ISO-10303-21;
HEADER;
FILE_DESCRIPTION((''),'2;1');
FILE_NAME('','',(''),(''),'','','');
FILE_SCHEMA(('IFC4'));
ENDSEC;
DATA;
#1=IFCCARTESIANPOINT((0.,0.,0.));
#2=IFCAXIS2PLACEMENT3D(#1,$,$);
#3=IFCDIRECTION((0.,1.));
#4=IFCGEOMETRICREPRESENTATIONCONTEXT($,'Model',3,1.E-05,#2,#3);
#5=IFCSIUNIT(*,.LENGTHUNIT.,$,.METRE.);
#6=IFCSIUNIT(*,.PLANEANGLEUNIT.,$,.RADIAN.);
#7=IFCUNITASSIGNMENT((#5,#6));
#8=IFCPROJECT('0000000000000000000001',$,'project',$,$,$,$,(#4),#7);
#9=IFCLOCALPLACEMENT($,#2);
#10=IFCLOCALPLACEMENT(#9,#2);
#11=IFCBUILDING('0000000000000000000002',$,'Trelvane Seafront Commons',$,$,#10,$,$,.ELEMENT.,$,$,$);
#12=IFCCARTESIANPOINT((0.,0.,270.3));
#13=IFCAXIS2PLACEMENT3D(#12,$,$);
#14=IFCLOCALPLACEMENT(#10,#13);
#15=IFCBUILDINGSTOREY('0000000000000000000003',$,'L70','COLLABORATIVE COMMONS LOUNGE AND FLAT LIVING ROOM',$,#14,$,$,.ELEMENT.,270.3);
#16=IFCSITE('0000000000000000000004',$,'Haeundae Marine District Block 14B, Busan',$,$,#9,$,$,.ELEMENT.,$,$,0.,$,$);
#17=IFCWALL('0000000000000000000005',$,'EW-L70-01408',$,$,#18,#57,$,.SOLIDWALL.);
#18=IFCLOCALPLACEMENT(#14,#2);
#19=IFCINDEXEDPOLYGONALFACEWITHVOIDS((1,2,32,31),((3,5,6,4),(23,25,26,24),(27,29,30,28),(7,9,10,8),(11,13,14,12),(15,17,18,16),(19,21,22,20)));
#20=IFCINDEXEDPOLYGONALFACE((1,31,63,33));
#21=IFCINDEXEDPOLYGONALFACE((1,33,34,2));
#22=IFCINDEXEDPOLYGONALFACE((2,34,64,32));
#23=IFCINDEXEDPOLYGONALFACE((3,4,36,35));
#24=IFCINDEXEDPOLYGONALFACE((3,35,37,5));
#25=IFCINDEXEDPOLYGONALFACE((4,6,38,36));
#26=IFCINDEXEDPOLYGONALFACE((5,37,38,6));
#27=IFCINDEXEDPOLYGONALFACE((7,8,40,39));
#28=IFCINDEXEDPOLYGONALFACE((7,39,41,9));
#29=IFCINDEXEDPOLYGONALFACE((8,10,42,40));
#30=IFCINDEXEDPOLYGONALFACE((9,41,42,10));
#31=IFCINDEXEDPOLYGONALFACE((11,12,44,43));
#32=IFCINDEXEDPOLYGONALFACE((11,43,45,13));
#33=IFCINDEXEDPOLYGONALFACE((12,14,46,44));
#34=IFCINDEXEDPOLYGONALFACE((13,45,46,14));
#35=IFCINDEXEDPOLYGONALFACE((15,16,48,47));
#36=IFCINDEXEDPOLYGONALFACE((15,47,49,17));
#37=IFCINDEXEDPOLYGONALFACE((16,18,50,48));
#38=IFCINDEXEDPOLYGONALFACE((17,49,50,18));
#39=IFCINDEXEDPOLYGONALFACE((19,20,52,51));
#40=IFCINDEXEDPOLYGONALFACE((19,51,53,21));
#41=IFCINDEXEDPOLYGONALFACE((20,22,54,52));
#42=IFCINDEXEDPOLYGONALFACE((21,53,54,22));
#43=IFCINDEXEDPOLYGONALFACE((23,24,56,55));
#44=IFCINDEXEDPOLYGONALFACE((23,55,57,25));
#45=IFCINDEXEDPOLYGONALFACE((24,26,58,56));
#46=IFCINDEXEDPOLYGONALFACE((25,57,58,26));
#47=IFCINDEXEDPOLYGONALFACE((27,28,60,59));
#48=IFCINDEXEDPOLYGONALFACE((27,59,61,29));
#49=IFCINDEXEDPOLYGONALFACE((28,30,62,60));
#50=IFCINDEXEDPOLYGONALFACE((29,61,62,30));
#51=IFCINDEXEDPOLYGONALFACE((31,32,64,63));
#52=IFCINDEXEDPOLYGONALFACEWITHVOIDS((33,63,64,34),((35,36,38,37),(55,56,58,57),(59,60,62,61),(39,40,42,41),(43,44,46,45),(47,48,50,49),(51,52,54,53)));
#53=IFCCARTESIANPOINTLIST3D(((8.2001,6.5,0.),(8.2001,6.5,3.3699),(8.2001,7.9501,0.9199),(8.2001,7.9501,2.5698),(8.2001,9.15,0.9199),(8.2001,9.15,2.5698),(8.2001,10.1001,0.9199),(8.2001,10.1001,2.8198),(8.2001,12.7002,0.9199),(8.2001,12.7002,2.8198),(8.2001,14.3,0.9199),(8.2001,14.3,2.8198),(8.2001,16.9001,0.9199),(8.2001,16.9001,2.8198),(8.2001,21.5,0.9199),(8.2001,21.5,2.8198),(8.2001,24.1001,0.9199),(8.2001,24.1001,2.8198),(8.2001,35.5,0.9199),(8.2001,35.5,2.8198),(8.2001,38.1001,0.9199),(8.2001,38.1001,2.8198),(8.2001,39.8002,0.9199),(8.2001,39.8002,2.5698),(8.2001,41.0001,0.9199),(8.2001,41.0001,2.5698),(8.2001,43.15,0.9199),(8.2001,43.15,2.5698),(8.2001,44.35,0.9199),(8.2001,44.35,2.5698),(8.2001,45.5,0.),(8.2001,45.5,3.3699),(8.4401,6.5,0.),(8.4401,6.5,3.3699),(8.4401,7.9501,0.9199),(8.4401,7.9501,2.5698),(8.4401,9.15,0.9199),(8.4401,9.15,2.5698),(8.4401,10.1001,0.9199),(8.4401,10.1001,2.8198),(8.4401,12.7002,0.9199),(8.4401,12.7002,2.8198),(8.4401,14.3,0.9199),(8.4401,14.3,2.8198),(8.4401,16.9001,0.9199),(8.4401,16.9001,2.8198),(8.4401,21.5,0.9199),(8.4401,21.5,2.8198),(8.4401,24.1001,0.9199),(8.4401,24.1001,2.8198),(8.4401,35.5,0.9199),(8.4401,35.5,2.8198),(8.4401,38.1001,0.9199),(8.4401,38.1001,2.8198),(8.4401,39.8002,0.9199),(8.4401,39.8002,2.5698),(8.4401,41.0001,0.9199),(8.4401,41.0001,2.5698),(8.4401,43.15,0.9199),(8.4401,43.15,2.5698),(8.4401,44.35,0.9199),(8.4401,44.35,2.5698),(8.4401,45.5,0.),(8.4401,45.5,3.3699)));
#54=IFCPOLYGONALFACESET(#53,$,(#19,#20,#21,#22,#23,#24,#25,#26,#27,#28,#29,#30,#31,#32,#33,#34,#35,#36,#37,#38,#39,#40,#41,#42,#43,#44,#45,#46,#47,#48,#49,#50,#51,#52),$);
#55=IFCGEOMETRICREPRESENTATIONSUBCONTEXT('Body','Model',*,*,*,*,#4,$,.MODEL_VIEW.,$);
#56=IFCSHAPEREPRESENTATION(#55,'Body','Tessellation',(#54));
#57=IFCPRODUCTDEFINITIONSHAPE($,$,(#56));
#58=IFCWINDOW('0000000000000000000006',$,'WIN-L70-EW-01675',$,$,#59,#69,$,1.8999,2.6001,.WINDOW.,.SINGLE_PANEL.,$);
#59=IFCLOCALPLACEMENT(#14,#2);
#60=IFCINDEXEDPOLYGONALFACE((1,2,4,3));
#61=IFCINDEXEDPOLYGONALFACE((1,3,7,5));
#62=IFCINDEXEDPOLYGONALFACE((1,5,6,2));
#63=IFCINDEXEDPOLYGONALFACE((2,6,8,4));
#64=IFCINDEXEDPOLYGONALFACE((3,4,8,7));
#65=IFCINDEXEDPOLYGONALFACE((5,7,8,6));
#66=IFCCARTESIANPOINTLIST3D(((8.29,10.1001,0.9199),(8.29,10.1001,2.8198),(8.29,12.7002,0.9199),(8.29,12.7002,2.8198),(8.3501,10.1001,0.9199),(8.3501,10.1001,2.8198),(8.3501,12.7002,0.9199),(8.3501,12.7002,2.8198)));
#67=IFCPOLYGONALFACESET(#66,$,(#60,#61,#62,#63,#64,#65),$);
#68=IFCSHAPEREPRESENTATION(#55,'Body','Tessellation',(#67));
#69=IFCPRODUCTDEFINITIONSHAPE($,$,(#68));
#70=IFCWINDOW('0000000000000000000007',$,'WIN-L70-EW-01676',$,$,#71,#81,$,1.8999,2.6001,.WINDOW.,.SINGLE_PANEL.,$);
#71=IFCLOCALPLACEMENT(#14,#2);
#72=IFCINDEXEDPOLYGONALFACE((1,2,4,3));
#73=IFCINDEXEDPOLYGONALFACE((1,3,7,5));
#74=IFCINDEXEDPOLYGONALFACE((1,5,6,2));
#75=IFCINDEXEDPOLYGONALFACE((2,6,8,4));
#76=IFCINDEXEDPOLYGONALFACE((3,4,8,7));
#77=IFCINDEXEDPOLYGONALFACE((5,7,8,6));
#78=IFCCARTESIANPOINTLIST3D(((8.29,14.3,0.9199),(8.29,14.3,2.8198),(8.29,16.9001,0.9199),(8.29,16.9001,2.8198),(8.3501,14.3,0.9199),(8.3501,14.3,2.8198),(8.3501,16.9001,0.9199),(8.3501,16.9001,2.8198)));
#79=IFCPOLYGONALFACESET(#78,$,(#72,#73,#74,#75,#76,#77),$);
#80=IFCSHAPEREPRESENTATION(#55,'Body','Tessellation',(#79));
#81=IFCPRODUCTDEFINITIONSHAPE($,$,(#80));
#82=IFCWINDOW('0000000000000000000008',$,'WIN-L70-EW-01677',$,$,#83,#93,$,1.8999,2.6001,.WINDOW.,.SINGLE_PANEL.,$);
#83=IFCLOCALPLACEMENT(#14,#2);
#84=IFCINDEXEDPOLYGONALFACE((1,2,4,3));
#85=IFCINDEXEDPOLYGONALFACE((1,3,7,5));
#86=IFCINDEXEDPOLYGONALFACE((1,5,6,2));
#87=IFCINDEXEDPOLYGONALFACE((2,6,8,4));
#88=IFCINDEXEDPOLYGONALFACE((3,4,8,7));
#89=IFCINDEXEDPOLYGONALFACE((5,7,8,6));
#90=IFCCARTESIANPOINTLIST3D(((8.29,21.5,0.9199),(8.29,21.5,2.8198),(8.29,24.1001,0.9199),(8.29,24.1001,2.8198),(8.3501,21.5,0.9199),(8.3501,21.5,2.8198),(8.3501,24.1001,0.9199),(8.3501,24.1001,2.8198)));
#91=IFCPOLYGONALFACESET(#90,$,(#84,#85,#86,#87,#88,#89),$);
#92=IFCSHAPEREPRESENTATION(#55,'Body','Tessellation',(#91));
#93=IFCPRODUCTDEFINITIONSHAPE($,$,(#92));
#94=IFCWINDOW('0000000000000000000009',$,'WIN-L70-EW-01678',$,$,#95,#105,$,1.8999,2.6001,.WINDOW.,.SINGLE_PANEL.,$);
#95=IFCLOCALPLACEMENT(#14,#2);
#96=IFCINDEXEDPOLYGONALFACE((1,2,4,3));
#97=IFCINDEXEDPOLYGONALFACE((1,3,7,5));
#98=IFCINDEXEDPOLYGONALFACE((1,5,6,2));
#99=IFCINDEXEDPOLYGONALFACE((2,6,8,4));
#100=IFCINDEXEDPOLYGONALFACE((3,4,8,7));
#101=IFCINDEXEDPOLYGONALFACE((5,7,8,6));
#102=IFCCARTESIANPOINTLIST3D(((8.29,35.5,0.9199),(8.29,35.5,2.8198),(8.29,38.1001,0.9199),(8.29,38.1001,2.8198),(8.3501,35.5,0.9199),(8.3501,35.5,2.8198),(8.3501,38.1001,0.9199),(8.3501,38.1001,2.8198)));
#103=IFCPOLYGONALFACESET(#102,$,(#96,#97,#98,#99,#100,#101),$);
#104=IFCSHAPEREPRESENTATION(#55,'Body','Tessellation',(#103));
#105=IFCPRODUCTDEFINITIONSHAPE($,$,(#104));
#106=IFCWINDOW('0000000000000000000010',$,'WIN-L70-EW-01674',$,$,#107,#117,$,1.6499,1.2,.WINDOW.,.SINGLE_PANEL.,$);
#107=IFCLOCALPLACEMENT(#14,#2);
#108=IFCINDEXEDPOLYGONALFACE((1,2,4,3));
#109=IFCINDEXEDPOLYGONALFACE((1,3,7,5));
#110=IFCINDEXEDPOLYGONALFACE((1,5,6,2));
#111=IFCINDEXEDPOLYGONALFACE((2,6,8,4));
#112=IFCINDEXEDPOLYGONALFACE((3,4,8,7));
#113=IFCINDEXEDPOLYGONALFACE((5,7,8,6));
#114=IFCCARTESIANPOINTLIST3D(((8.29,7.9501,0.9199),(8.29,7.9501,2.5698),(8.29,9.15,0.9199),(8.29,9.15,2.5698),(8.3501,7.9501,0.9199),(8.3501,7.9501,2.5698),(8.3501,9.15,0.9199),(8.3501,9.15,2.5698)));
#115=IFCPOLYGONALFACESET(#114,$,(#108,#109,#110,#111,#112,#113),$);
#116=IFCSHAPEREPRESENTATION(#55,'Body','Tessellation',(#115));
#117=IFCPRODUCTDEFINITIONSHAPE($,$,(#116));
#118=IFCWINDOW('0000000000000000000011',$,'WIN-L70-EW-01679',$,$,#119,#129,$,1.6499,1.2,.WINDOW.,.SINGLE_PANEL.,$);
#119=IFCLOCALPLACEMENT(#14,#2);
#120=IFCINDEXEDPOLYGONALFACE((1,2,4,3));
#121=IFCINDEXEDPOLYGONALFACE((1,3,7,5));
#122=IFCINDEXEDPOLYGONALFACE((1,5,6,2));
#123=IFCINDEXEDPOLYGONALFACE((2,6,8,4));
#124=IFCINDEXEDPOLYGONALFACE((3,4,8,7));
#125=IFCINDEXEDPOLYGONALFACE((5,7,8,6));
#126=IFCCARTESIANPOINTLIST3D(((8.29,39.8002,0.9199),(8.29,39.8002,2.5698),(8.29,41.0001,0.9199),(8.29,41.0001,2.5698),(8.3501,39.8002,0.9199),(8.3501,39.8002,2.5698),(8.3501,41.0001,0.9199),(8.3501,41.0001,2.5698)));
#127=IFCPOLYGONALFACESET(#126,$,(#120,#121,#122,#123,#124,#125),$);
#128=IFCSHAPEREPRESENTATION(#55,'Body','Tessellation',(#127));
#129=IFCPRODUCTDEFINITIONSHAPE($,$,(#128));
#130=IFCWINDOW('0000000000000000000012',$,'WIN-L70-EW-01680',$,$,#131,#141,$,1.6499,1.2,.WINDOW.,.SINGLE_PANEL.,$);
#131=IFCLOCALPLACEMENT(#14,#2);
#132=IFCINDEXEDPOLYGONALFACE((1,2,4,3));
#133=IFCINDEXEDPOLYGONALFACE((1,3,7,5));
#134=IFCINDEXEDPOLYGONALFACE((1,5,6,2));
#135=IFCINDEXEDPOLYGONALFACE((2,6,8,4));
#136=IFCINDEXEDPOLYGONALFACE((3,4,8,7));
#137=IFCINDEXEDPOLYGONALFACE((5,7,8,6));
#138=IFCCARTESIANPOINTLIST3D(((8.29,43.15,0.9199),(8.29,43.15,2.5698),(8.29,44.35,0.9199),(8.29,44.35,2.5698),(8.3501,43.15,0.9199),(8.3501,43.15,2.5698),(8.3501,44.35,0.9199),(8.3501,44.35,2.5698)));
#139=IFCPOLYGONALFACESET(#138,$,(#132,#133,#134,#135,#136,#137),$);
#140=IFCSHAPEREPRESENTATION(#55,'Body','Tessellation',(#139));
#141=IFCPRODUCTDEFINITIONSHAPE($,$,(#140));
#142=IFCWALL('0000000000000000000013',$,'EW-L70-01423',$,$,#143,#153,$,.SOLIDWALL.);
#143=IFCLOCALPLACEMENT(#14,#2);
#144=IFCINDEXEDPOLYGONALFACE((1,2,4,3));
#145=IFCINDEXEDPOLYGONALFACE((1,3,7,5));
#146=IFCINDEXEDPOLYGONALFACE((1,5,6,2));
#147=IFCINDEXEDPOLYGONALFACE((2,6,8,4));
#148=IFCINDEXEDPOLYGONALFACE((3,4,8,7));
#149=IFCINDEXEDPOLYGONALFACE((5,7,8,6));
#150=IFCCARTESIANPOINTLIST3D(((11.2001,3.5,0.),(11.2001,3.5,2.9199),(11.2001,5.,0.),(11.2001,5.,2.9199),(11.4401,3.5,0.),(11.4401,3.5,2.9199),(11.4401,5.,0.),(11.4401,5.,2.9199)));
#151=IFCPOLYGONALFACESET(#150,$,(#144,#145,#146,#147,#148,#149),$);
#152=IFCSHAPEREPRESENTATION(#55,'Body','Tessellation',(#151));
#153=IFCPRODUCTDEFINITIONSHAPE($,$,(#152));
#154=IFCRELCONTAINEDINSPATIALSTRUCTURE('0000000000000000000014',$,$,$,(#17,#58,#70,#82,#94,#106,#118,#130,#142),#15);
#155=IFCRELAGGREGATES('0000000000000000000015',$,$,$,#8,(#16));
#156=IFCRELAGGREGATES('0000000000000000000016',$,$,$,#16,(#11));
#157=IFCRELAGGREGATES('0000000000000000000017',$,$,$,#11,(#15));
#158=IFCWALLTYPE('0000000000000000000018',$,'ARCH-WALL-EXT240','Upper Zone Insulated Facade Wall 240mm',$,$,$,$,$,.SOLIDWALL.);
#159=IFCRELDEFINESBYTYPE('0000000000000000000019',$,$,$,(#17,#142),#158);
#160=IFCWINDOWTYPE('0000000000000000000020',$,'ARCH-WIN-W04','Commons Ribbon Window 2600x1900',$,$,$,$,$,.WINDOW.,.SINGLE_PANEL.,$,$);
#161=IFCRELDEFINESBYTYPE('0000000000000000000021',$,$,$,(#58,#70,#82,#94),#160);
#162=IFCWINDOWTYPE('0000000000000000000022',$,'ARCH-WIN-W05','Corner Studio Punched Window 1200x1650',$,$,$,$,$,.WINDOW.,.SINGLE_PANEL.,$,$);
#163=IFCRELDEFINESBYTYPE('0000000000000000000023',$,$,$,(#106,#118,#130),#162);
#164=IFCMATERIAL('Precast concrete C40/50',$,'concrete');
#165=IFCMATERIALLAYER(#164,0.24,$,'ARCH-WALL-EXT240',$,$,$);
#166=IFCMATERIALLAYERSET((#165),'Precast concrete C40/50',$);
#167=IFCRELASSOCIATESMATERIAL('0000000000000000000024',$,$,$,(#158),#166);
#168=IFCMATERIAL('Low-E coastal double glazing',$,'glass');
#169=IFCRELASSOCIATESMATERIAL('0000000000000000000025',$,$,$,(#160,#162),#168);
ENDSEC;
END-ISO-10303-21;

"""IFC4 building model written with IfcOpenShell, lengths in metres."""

from ifc_helpers import new_model, si_unit, direction, frame, frame_2d, origin, place, context, subcontext, project, spatial, rectangle, extrude, source, transform, mapped, material, layer, layer_set, type_object, element, fill, save


model = new_model("IFC4")

# Units and contexts
model_context = context("Model", 3, precision=1e-05, world=origin(), true_north=direction((0.0, 1.0)))
body_context = subcontext(model_context, "Body", "Model", "MODEL_VIEW")
ifc_project = project(units=[si_unit("LENGTHUNIT", "METRE"), si_unit("PLANEANGLEUNIT", "RADIAN")], contexts=[model_context])

# Site, building, storey
site_placement = place(None, origin())
site = spatial("IfcSite", under=ifc_project, at=site_placement, Name="Haeundae Marine District Block 14B, Busan", CompositionType="ELEMENT", RefElevation=0.0)
building_placement = place(site_placement, origin())
building = spatial("IfcBuilding", under=site, at=building_placement, Name="Trelvane Seafront Commons", CompositionType="ELEMENT")
storey_placement = place(building_placement, frame((0.0, 0.0, 270.3)))
storey = spatial("IfcBuildingStorey", under=building, at=storey_placement, Name="L70", Description="COLLABORATIVE COMMONS LOUNGE AND FLAT LIVING ROOM", CompositionType="ELEMENT", Elevation=270.3)

# Shared definitions
ifc_material_1 = material(Name="Precast concrete C40/50", Category="concrete")
ifc_layer_1 = layer(ifc_material_1, 0.24, Name="ARCH-WALL-EXT240")
ifc_layer_set_1 = layer_set([ifc_layer_1], Name="Precast concrete C40/50")
wall_type_1 = type_object("IfcWallType", Name="ARCH-WALL-EXT240", Description="Upper Zone Insulated Facade Wall 240mm", PredefinedType="SOLIDWALL", material=ifc_layer_set_1)

# Wall, openings, windows
wall_1_placement = place(storey_placement, frame((8.3201, 6.5, 0.0), z_axis=(0.0, 0.0, 1.0), x_axis=(0.0, 1.0, 0.0)))
wall_1 = element("IfcWall", 1, at=wall_1_placement, inside=storey, type_object=wall_type_1, Name="EW-L70-01408", PredefinedType="SOLIDWALL", context=body_context, shape_type="SweptSolid", body=[
    extrude(rectangle(XDim=39.0, YDim=0.24, at=frame_2d((19.5, 0.0))), origin(), (0.0, 0.0, 1.0), 3.3699),
])
opening_1_placement = place(wall_1_placement, frame((1.45, 0.0, 0.9199)))
opening_1 = element("IfcOpeningElement", 2, at=opening_1_placement, cuts=wall_1, PredefinedType="OPENING", context=body_context, shape_type="SweptSolid", body=[
    extrude(rectangle(XDim=1.2, YDim=1.6499, at=frame_2d((0.6001, 0.825))), frame((0.0, 0.1299, 0.0), z_axis=(0.0, -1.0, 0.0), x_axis=(1.0, 0.0, 0.0)), (0.0, 0.0, 1.0), 0.26),
])
opening_2_placement = place(wall_1_placement, frame((3.6001, 0.0, 0.9199)))
opening_2 = element("IfcOpeningElement", 3, at=opening_2_placement, cuts=wall_1, PredefinedType="OPENING", context=body_context, shape_type="SweptSolid", body=[
    extrude(rectangle(XDim=2.6001, YDim=1.8999, at=frame_2d((1.3, 0.95))), frame((0.0, 0.1299, 0.0), z_axis=(0.0, -1.0, 0.0), x_axis=(1.0, 0.0, 0.0)), (0.0, 0.0, 1.0), 0.26),
])
opening_3_placement = place(wall_1_placement, frame((7.8, 0.0, 0.9199)))
opening_3 = element("IfcOpeningElement", 4, at=opening_3_placement, cuts=wall_1, PredefinedType="OPENING", context=body_context, shape_type="SweptSolid", body=[
    extrude(rectangle(XDim=2.6001, YDim=1.8999, at=frame_2d((1.3, 0.95))), frame((0.0, 0.1299, 0.0), z_axis=(0.0, -1.0, 0.0), x_axis=(1.0, 0.0, 0.0)), (0.0, 0.0, 1.0), 0.26),
])
opening_4_placement = place(wall_1_placement, frame((15.0, 0.0, 0.9199)))
opening_4 = element("IfcOpeningElement", 5, at=opening_4_placement, cuts=wall_1, PredefinedType="OPENING", context=body_context, shape_type="SweptSolid", body=[
    extrude(rectangle(XDim=2.6001, YDim=1.8999, at=frame_2d((1.3, 0.95))), frame((0.0, 0.1299, 0.0), z_axis=(0.0, -1.0, 0.0), x_axis=(1.0, 0.0, 0.0)), (0.0, 0.0, 1.0), 0.26),
])
opening_5_placement = place(wall_1_placement, frame((29.0, 0.0, 0.9199)))
opening_5 = element("IfcOpeningElement", 6, at=opening_5_placement, cuts=wall_1, PredefinedType="OPENING", context=body_context, shape_type="SweptSolid", body=[
    extrude(rectangle(XDim=2.6001, YDim=1.8999, at=frame_2d((1.3, 0.95))), frame((0.0, 0.1299, 0.0), z_axis=(0.0, -1.0, 0.0), x_axis=(1.0, 0.0, 0.0)), (0.0, 0.0, 1.0), 0.26),
])
opening_6_placement = place(wall_1_placement, frame((33.3, 0.0, 0.9199)))
opening_6 = element("IfcOpeningElement", 7, at=opening_6_placement, cuts=wall_1, PredefinedType="OPENING", context=body_context, shape_type="SweptSolid", body=[
    extrude(rectangle(XDim=1.2, YDim=1.6499, at=frame_2d((0.6001, 0.825))), frame((0.0, 0.1299, 0.0), z_axis=(0.0, -1.0, 0.0), x_axis=(1.0, 0.0, 0.0)), (0.0, 0.0, 1.0), 0.26),
])
opening_7_placement = place(wall_1_placement, frame((36.6499, 0.0, 0.9199)))
opening_7 = element("IfcOpeningElement", 8, at=opening_7_placement, cuts=wall_1, PredefinedType="OPENING", context=body_context, shape_type="SweptSolid", body=[
    extrude(rectangle(XDim=1.2, YDim=1.6499, at=frame_2d((0.6001, 0.825))), frame((0.0, 0.1299, 0.0), z_axis=(0.0, -1.0, 0.0), x_axis=(1.0, 0.0, 0.0)), (0.0, 0.0, 1.0), 0.26),
])
ifc_material_2 = material(Name="Low-E coastal double glazing", Category="glass")
window_type_1 = type_object("IfcWindowType", Name="ARCH-WIN-W04", Description="Commons Ribbon Window 2600x1900", PartitioningType="SINGLE_PANEL", PredefinedType="WINDOW", material=ifc_material_2)
shared_shape_1 = source(origin(), body_context, "Body", "SweptSolid", [
    extrude(rectangle(XDim=2.6001, YDim=1.8999, at=frame_2d((1.3, 0.95))), frame((0.0, 0.03, 0.0), z_axis=(0.0, -1.0, 0.0), x_axis=(1.0, 0.0, 0.0)), (0.0, 0.0, 1.0), 0.0601),
])
window_1_placement = place(opening_2_placement, origin())
window_1 = element("IfcWindow", 9, at=window_1_placement, inside=storey, type_object=window_type_1, Name="WIN-L70-EW-01675", OverallHeight=1.8999, OverallWidth=2.6001, PartitioningType="SINGLE_PANEL", PredefinedType="WINDOW", context=body_context, shape_type="MappedRepresentation", body=[
    mapped(shared_shape_1, transform((0.0, 0.0, 0.0), x_axis=(1.0, 0.0, 0.0), y_axis=(0.0, 1.0, 0.0), z_axis=(0.0, 0.0, 1.0), scale=1.0)),
])
fill(opening_2, window_1)
window_2_placement = place(opening_3_placement, origin())
window_2 = element("IfcWindow", 10, at=window_2_placement, inside=storey, type_object=window_type_1, Name="WIN-L70-EW-01676", OverallHeight=1.8999, OverallWidth=2.6001, PartitioningType="SINGLE_PANEL", PredefinedType="WINDOW", context=body_context, shape_type="MappedRepresentation", body=[
    mapped(shared_shape_1, transform((0.0, 0.0, 0.0), x_axis=(1.0, 0.0, 0.0), y_axis=(0.0, 1.0, 0.0), z_axis=(0.0, 0.0, 1.0), scale=1.0)),
])
fill(opening_3, window_2)
window_3_placement = place(opening_4_placement, origin())
window_3 = element("IfcWindow", 11, at=window_3_placement, inside=storey, type_object=window_type_1, Name="WIN-L70-EW-01677", OverallHeight=1.8999, OverallWidth=2.6001, PartitioningType="SINGLE_PANEL", PredefinedType="WINDOW", context=body_context, shape_type="MappedRepresentation", body=[
    mapped(shared_shape_1, transform((0.0, 0.0, 0.0), x_axis=(1.0, 0.0, 0.0), y_axis=(0.0, 1.0, 0.0), z_axis=(0.0, 0.0, 1.0), scale=1.0)),
])
fill(opening_4, window_3)
window_4_placement = place(opening_5_placement, origin())
window_4 = element("IfcWindow", 12, at=window_4_placement, inside=storey, type_object=window_type_1, Name="WIN-L70-EW-01678", OverallHeight=1.8999, OverallWidth=2.6001, PartitioningType="SINGLE_PANEL", PredefinedType="WINDOW", context=body_context, shape_type="MappedRepresentation", body=[
    mapped(shared_shape_1, transform((0.0, 0.0, 0.0), x_axis=(1.0, 0.0, 0.0), y_axis=(0.0, 1.0, 0.0), z_axis=(0.0, 0.0, 1.0), scale=1.0)),
])
fill(opening_5, window_4)
window_type_2 = type_object("IfcWindowType", Name="ARCH-WIN-W05", Description="Corner Studio Punched Window 1200x1650", PartitioningType="SINGLE_PANEL", PredefinedType="WINDOW", material=ifc_material_2)
shared_shape_2 = source(origin(), body_context, "Body", "SweptSolid", [
    extrude(rectangle(XDim=1.2, YDim=1.6499, at=frame_2d((0.6001, 0.825))), frame((0.0, 0.03, 0.0), z_axis=(0.0, -1.0, 0.0), x_axis=(1.0, 0.0, 0.0)), (0.0, 0.0, 1.0), 0.0601),
])
window_5_placement = place(opening_1_placement, origin())
window_5 = element("IfcWindow", 13, at=window_5_placement, inside=storey, type_object=window_type_2, Name="WIN-L70-EW-01674", OverallHeight=1.6499, OverallWidth=1.2, PartitioningType="SINGLE_PANEL", PredefinedType="WINDOW", context=body_context, shape_type="MappedRepresentation", body=[
    mapped(shared_shape_2, transform((0.0, 0.0, 0.0), x_axis=(1.0, 0.0, 0.0), y_axis=(0.0, 1.0, 0.0), z_axis=(0.0, 0.0, 1.0), scale=1.0)),
])
fill(opening_1, window_5)
window_6_placement = place(opening_6_placement, origin())
window_6 = element("IfcWindow", 14, at=window_6_placement, inside=storey, type_object=window_type_2, Name="WIN-L70-EW-01679", OverallHeight=1.6499, OverallWidth=1.2, PartitioningType="SINGLE_PANEL", PredefinedType="WINDOW", context=body_context, shape_type="MappedRepresentation", body=[
    mapped(shared_shape_2, transform((0.0, 0.0, 0.0), x_axis=(1.0, 0.0, 0.0), y_axis=(0.0, 1.0, 0.0), z_axis=(0.0, 0.0, 1.0), scale=1.0)),
])
fill(opening_6, window_6)
window_7_placement = place(opening_7_placement, origin())
window_7 = element("IfcWindow", 15, at=window_7_placement, inside=storey, type_object=window_type_2, Name="WIN-L70-EW-01680", OverallHeight=1.6499, OverallWidth=1.2, PartitioningType="SINGLE_PANEL", PredefinedType="WINDOW", context=body_context, shape_type="MappedRepresentation", body=[
    mapped(shared_shape_2, transform((0.0, 0.0, 0.0), x_axis=(1.0, 0.0, 0.0), y_axis=(0.0, 1.0, 0.0), z_axis=(0.0, 0.0, 1.0), scale=1.0)),
])
fill(opening_7, window_7)

# Wall
wall_2_placement = place(storey_placement, frame((11.3201, 3.5, 0.0), z_axis=(0.0, 0.0, 1.0), x_axis=(0.0, 1.0, 0.0)))
element("IfcWall", 16, at=wall_2_placement, inside=storey, type_object=wall_type_1, Name="EW-L70-01423", PredefinedType="SOLIDWALL", context=body_context, shape_type="SweptSolid", body=[
    extrude(rectangle(XDim=1.5, YDim=0.24, at=frame_2d((0.75, 0.0))), origin(), (0.0, 0.0, 1.0), 2.9199),
])

save(model, "model.ifc")
